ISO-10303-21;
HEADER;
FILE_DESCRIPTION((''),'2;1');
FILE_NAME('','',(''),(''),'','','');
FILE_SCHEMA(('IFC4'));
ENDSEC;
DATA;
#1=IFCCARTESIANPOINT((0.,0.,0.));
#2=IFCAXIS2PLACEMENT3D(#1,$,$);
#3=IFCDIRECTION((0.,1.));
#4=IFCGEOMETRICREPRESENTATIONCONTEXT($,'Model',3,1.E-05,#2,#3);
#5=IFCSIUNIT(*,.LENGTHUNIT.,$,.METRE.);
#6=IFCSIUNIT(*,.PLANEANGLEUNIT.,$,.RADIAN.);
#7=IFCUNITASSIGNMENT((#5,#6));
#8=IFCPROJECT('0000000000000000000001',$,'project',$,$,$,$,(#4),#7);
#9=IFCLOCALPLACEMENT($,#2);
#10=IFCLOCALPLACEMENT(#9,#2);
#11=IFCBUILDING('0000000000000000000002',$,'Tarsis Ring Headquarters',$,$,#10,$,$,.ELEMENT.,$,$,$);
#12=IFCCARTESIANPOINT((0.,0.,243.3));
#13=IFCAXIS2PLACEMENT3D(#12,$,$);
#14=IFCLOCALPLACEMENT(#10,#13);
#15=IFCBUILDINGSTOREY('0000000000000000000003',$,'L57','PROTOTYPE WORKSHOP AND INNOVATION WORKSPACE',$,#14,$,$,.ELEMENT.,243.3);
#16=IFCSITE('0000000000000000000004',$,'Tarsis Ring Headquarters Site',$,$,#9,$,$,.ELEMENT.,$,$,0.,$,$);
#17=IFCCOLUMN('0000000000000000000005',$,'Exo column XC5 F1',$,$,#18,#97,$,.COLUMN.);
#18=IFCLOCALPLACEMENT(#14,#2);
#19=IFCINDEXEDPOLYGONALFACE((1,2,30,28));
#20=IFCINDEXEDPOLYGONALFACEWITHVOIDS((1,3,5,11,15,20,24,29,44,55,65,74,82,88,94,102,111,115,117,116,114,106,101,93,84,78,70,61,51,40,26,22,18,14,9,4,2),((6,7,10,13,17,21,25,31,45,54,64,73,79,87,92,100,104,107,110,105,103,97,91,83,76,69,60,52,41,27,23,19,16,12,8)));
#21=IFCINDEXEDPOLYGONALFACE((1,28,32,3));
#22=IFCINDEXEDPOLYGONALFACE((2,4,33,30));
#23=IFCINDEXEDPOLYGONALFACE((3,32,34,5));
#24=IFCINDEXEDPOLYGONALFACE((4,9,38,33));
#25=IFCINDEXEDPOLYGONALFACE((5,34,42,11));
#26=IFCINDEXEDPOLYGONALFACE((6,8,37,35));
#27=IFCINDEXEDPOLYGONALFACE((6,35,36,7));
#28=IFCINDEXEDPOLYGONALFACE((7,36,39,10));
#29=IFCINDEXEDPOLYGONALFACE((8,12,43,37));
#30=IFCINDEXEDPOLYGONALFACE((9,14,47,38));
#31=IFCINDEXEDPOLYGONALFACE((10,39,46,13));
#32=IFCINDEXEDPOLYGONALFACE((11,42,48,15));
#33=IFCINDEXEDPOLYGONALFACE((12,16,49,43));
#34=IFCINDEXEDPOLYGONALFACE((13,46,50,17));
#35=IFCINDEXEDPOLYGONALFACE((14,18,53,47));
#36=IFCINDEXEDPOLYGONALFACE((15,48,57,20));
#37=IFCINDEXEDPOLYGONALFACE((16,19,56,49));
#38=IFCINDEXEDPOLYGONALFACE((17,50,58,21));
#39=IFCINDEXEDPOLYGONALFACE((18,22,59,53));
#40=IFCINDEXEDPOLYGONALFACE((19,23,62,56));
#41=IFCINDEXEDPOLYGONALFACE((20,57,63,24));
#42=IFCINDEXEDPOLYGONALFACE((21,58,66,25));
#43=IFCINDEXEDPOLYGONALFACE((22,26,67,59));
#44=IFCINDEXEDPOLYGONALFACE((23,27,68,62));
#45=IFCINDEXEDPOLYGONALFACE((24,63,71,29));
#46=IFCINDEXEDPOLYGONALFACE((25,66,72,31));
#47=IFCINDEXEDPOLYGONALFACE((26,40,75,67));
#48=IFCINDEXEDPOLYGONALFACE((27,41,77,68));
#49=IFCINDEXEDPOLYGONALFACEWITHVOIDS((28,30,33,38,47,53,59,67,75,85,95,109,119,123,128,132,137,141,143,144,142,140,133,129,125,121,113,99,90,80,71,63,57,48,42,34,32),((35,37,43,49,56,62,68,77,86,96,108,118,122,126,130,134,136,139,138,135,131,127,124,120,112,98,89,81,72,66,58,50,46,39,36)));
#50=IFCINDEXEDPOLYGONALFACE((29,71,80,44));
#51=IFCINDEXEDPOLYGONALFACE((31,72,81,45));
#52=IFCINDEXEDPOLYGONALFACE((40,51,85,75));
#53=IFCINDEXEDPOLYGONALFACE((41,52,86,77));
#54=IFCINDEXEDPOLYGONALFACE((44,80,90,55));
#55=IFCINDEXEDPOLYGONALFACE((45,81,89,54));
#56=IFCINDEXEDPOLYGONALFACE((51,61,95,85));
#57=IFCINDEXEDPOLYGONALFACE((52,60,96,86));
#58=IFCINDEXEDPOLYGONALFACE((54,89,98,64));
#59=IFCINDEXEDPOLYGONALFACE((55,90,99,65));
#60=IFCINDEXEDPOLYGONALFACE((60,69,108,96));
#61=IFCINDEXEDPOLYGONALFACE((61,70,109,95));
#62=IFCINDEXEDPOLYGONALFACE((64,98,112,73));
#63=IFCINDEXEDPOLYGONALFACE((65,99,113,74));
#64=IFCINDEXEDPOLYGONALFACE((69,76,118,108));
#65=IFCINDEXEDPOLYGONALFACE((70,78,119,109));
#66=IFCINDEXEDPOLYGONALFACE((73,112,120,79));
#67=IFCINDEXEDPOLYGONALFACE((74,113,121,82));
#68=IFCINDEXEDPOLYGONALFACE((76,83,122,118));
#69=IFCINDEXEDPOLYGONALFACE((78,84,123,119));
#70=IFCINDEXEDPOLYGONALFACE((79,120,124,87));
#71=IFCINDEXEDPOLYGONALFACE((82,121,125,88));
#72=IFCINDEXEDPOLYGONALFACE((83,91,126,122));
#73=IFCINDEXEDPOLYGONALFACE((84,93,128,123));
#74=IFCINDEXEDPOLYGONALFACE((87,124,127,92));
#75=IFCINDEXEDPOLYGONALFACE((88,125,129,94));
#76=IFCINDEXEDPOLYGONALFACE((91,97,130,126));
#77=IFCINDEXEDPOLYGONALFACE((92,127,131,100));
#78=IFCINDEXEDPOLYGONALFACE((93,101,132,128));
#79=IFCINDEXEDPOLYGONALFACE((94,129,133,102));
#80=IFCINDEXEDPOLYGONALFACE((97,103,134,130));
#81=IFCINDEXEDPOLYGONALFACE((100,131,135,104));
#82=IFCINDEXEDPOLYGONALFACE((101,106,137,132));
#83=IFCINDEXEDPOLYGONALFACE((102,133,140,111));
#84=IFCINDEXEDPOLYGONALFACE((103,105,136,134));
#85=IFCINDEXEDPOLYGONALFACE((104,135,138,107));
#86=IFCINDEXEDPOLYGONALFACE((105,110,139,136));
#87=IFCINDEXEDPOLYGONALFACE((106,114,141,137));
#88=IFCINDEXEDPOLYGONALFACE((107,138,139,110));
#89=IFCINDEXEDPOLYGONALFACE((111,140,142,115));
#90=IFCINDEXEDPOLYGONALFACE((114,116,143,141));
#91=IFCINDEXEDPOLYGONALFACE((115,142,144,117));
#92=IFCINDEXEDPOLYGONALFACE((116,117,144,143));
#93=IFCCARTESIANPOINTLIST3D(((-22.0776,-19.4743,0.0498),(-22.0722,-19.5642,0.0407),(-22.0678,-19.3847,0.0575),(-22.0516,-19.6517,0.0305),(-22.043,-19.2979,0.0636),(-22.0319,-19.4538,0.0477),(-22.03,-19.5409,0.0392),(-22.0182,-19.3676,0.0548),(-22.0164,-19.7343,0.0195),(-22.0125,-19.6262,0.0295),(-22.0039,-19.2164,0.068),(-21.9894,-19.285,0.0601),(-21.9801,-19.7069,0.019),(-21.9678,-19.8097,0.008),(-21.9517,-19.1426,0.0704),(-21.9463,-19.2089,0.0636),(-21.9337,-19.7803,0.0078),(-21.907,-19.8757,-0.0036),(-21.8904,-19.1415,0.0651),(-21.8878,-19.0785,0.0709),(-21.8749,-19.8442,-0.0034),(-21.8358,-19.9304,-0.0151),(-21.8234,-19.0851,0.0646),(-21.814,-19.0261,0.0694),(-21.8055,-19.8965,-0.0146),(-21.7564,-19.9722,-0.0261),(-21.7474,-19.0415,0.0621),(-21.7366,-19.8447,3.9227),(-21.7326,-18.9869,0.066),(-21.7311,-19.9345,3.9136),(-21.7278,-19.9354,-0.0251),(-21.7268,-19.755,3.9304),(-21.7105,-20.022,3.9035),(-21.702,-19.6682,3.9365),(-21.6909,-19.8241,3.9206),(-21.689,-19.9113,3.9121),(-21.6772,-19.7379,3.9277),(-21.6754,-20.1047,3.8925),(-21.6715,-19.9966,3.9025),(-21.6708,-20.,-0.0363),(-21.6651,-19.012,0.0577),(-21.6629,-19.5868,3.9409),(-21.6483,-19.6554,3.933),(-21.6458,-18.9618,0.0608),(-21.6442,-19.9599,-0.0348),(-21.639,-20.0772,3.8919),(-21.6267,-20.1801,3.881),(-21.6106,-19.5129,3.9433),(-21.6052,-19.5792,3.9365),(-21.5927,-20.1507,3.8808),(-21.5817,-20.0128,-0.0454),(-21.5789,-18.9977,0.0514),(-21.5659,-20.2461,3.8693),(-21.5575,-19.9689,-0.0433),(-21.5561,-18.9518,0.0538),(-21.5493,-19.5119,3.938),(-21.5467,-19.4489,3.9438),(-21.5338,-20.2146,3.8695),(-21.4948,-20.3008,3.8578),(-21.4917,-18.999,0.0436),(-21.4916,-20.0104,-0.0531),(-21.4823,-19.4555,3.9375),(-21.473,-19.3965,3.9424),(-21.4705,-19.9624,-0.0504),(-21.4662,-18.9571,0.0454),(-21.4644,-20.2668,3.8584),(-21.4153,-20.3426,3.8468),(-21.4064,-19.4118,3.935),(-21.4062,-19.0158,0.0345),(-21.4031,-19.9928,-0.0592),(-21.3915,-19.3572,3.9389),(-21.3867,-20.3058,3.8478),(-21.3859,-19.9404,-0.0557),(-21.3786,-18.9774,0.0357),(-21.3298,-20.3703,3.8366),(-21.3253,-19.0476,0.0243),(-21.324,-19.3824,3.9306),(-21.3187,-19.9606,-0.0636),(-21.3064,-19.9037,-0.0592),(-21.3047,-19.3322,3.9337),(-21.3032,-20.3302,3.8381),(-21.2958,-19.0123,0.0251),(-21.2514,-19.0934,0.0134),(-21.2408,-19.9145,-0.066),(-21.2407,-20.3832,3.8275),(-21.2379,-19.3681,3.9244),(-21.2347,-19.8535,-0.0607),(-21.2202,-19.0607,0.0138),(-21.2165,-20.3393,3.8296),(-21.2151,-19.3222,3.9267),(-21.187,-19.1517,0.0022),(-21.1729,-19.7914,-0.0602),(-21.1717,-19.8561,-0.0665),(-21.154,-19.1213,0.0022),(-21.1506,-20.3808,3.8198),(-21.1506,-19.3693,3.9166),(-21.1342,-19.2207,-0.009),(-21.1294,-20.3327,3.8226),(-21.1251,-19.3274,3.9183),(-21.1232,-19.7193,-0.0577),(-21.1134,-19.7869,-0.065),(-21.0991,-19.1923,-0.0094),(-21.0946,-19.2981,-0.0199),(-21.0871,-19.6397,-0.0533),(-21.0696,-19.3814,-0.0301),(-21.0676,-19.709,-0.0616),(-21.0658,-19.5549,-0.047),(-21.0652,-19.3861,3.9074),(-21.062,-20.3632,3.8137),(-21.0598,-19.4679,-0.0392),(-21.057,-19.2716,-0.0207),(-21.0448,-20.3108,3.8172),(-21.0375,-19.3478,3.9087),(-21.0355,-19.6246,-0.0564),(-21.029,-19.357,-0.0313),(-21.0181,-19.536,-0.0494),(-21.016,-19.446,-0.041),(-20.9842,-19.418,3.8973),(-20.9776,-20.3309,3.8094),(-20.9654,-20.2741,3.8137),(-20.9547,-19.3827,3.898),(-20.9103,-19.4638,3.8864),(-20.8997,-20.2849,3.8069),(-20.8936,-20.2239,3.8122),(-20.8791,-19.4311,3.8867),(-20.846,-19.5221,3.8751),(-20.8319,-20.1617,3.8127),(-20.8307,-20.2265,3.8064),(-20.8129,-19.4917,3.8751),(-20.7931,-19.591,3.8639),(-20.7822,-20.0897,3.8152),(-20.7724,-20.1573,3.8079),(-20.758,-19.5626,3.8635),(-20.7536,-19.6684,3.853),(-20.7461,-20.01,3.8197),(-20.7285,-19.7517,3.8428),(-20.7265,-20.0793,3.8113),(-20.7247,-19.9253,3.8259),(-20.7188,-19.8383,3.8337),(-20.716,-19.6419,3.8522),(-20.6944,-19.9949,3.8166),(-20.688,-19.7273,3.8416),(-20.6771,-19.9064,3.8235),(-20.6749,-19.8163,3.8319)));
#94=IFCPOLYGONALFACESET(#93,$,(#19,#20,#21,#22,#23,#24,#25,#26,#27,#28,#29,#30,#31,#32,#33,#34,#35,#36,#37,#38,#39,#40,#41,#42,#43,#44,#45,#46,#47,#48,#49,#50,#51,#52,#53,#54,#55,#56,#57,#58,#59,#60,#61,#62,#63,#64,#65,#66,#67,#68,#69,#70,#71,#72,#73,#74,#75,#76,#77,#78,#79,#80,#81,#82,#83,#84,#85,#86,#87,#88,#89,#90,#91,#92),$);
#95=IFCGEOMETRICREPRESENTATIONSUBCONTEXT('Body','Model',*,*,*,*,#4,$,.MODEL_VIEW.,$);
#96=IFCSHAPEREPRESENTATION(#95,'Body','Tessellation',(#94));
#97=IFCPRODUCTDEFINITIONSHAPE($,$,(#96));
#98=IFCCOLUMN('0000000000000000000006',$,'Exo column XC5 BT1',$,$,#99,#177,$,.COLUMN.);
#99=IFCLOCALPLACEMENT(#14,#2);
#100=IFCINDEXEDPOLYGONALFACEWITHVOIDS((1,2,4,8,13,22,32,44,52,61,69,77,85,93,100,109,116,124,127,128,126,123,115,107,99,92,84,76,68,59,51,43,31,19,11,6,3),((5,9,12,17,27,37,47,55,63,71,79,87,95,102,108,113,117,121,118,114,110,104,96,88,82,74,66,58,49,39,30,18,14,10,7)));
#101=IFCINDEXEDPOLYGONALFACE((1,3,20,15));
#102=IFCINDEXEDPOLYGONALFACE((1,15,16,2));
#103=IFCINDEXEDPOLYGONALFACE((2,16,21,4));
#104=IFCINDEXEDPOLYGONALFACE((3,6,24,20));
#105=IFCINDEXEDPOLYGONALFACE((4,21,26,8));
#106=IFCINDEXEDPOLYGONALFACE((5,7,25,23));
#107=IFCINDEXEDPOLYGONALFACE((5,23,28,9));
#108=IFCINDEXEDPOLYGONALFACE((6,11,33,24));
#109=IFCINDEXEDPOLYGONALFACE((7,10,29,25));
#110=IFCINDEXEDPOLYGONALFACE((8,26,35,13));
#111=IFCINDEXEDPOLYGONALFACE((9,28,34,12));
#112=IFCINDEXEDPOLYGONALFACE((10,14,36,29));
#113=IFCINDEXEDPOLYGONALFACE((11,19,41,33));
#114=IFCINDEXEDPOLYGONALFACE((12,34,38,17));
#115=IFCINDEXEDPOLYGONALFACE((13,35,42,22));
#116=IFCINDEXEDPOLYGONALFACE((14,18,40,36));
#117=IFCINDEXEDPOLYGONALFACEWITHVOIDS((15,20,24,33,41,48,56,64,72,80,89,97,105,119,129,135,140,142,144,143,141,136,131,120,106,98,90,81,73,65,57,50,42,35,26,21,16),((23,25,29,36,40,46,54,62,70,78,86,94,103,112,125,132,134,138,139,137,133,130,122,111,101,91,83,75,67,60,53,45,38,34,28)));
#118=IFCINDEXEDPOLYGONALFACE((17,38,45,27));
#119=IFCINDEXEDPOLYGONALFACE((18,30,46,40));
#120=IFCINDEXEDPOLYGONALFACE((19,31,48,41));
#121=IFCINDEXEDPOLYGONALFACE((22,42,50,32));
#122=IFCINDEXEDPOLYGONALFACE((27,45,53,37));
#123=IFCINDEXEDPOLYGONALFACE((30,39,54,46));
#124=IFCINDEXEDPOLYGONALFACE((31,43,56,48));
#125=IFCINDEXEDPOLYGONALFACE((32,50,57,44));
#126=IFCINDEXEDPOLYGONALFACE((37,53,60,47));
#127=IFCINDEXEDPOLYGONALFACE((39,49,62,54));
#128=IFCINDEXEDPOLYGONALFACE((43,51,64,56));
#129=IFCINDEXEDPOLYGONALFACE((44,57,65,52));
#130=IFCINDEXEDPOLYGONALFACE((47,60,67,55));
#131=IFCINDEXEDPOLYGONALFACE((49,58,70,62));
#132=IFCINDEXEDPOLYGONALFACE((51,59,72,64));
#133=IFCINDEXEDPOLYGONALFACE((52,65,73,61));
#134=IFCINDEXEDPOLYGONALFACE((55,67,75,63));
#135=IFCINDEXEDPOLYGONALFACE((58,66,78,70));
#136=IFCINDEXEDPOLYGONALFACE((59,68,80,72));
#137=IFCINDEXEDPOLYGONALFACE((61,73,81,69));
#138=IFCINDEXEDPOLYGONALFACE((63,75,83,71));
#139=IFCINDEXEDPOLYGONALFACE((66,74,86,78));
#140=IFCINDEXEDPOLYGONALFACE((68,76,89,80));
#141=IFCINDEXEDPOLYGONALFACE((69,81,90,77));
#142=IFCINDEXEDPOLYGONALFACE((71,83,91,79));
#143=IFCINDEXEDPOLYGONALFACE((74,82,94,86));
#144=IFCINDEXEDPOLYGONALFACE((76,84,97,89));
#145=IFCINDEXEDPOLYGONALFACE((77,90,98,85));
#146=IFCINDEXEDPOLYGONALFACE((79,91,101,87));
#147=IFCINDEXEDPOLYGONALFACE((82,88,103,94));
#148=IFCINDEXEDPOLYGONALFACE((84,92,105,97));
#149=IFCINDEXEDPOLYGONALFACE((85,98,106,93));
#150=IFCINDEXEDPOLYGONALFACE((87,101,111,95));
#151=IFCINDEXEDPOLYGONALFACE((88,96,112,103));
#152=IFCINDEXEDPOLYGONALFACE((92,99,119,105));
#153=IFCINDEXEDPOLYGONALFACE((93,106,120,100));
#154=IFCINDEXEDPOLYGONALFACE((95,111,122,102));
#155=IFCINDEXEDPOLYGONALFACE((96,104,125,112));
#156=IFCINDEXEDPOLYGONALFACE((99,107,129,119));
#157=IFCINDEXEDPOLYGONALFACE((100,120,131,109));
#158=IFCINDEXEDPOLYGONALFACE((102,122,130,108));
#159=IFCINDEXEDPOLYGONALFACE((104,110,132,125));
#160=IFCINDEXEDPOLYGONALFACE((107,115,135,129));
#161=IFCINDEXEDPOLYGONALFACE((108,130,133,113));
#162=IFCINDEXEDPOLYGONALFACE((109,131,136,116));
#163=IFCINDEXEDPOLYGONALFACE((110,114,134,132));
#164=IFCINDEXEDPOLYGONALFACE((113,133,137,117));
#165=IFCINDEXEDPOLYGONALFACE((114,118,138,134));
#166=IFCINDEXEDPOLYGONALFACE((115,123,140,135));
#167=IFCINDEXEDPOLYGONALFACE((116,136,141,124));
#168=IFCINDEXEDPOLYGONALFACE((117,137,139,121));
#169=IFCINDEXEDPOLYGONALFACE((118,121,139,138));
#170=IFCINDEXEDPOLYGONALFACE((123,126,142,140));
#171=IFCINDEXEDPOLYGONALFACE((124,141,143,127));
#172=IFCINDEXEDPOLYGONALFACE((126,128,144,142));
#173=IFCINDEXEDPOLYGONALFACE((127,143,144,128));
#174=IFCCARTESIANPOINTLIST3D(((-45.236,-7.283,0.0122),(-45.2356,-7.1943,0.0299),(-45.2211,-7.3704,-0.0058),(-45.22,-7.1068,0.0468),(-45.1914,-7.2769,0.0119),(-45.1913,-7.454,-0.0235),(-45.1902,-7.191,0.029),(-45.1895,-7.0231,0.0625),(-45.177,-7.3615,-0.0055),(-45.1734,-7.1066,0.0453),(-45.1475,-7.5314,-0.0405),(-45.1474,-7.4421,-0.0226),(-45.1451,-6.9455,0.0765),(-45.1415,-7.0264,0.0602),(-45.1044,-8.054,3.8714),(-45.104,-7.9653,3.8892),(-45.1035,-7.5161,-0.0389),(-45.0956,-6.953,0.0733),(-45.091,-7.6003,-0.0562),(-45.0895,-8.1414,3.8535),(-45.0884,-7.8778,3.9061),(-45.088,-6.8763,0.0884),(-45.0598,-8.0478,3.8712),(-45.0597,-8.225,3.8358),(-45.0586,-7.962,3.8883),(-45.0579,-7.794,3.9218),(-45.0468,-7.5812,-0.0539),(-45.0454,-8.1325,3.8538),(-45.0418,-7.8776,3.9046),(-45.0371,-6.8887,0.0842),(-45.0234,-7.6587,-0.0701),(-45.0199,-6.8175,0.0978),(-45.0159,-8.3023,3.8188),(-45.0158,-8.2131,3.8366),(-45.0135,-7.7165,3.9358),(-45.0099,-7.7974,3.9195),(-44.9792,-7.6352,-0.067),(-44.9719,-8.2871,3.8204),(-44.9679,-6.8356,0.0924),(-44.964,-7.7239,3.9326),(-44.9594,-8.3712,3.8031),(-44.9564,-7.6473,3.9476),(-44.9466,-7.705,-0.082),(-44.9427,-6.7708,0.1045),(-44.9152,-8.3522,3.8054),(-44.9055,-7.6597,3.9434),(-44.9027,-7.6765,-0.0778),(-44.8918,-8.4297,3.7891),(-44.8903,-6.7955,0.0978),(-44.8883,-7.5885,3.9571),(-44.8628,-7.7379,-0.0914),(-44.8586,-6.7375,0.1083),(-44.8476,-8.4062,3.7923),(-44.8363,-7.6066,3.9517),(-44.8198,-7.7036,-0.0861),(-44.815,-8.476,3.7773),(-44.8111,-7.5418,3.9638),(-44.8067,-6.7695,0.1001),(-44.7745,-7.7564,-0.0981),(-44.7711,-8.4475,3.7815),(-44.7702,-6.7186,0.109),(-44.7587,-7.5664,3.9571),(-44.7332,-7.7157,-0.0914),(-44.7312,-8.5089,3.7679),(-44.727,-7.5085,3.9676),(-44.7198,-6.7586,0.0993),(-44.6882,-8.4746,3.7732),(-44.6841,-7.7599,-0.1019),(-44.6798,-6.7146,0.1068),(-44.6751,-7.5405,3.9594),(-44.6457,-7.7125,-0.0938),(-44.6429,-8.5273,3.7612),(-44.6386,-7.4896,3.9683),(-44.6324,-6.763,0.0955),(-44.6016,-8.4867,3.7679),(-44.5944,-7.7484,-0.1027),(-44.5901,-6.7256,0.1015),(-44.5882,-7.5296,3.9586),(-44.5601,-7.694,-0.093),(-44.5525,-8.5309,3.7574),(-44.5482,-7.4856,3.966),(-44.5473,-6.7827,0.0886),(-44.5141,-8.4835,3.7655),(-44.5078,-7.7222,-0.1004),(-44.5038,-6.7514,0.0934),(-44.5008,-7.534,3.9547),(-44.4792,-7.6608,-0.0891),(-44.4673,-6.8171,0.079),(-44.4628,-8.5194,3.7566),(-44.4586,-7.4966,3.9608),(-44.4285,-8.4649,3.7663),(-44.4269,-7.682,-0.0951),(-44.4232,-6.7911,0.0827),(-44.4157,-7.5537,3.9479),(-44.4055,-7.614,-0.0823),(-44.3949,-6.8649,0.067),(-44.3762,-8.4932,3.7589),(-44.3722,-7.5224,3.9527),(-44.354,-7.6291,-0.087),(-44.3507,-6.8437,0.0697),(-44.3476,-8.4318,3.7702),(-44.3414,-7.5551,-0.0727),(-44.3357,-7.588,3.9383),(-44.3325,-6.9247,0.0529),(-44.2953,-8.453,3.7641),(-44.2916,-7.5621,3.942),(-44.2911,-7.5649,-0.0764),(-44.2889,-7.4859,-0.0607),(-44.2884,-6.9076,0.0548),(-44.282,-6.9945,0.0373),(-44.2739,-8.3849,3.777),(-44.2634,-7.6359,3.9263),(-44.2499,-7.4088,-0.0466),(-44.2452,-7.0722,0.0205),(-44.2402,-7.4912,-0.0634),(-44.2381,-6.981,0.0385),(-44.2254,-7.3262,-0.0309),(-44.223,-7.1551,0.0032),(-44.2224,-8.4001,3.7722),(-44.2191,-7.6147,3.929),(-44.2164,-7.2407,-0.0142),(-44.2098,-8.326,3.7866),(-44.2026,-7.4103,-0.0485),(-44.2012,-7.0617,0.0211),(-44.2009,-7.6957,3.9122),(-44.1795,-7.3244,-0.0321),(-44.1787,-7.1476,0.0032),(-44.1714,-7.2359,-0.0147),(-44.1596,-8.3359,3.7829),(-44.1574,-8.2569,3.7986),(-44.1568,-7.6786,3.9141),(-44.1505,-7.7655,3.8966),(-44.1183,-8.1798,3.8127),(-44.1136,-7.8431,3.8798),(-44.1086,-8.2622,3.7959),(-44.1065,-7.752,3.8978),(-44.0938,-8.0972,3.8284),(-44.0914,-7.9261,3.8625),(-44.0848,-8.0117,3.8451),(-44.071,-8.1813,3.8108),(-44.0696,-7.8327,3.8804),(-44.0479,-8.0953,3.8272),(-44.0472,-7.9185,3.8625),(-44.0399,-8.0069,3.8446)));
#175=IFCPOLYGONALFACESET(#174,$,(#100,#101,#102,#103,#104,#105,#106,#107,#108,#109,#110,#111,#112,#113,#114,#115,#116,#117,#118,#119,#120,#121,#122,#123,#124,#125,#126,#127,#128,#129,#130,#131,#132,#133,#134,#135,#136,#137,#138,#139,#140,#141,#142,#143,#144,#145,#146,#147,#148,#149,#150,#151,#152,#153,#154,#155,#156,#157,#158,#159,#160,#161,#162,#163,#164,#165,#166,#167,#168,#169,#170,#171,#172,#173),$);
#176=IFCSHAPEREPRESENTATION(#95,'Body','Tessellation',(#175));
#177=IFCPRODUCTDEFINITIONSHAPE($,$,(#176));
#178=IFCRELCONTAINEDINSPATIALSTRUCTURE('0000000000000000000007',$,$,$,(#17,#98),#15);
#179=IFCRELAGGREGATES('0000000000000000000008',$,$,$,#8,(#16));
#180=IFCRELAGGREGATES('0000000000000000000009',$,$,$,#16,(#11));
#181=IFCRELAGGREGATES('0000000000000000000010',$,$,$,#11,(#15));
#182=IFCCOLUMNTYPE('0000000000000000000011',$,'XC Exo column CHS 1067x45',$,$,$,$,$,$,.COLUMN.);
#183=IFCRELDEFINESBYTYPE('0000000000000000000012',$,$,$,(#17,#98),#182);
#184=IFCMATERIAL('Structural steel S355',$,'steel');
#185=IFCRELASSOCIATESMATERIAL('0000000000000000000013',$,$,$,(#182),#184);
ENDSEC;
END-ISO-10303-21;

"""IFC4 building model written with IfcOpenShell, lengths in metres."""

from ifc_helpers import new_model, si_unit, direction, frame, origin, origin_2d, place, context, subcontext, project, spatial, hollow_circle, extrude, material, material_profile, profile_set, type_object, element, save


model = new_model("IFC4")

# Units and contexts
model_context = context("Model", 3, precision=1e-05, world=origin(), true_north=direction((0.0, 1.0)))
body_context = subcontext(model_context, "Body", "Model", "MODEL_VIEW")
ifc_project = project(units=[si_unit("LENGTHUNIT", "METRE"), si_unit("PLANEANGLEUNIT", "RADIAN")], contexts=[model_context])

# Site, building, storey
site_placement = place(None, origin())
site = spatial("IfcSite", under=ifc_project, at=site_placement, Name="Tarsis Ring Headquarters Site", CompositionType="ELEMENT", RefElevation=0.0)
building_placement = place(site_placement, origin())
building = spatial("IfcBuilding", under=site, at=building_placement, Name="Tarsis Ring Headquarters", CompositionType="ELEMENT")
storey_placement = place(building_placement, frame((0.0, 0.0, 243.3)))
storey = spatial("IfcBuildingStorey", under=building, at=storey_placement, Name="L57", Description="PROTOTYPE WORKSHOP AND INNOVATION WORKSPACE", CompositionType="ELEMENT", Elevation=243.3)

# Columns
ifc_material_1 = material(Name="Structural steel S355", Category="steel")
ifc_material_profile_1 = material_profile(ifc_material_1, hollow_circle(Radius=0.5334, WallThickness=0.0449, at=origin_2d()), Name="CHS 1067x45")
ifc_profile_set_1 = profile_set([ifc_material_profile_1], Name="Structural steel S355")
column_type = type_object("IfcColumnType", Name="XC Exo column CHS 1067x45", PredefinedType="COLUMN", material=ifc_profile_set_1)
column_1_placement = place(storey_placement, frame((-21.5464, -19.4827, 0.0022), z_axis=(0.087326, -0.094827, 0.991656), x_axis=(0.735602, 0.677414, 0.0)))
element("IfcColumn", 1, at=column_1_placement, inside=storey, type_object=column_type, Name="Exo column XC5 F1", PredefinedType="COLUMN", context=body_context, shape_type="SweptSolid", body=[
    extrude(hollow_circle(Radius=0.5334, WallThickness=0.0449, at=origin_2d()), origin(), (0.0, 0.0, 1.0), 3.9055),
])
column_2_placement = place(storey_placement, frame((-44.7046, -7.2373, 0.0032), z_axis=(0.033417, -0.195792, 0.980076), x_axis=(0.985745, 0.168245, 0.0)))
element("IfcColumn", 2, at=column_2_placement, inside=storey, type_object=column_type, Name="Exo column XC5 BT1", PredefinedType="COLUMN", context=body_context, shape_type="SweptSolid", body=[
    extrude(hollow_circle(Radius=0.5334, WallThickness=0.0449, at=origin_2d()), origin(), (0.0, 0.0, 1.0), 3.9377),
])

save(model, "model.ifc")
